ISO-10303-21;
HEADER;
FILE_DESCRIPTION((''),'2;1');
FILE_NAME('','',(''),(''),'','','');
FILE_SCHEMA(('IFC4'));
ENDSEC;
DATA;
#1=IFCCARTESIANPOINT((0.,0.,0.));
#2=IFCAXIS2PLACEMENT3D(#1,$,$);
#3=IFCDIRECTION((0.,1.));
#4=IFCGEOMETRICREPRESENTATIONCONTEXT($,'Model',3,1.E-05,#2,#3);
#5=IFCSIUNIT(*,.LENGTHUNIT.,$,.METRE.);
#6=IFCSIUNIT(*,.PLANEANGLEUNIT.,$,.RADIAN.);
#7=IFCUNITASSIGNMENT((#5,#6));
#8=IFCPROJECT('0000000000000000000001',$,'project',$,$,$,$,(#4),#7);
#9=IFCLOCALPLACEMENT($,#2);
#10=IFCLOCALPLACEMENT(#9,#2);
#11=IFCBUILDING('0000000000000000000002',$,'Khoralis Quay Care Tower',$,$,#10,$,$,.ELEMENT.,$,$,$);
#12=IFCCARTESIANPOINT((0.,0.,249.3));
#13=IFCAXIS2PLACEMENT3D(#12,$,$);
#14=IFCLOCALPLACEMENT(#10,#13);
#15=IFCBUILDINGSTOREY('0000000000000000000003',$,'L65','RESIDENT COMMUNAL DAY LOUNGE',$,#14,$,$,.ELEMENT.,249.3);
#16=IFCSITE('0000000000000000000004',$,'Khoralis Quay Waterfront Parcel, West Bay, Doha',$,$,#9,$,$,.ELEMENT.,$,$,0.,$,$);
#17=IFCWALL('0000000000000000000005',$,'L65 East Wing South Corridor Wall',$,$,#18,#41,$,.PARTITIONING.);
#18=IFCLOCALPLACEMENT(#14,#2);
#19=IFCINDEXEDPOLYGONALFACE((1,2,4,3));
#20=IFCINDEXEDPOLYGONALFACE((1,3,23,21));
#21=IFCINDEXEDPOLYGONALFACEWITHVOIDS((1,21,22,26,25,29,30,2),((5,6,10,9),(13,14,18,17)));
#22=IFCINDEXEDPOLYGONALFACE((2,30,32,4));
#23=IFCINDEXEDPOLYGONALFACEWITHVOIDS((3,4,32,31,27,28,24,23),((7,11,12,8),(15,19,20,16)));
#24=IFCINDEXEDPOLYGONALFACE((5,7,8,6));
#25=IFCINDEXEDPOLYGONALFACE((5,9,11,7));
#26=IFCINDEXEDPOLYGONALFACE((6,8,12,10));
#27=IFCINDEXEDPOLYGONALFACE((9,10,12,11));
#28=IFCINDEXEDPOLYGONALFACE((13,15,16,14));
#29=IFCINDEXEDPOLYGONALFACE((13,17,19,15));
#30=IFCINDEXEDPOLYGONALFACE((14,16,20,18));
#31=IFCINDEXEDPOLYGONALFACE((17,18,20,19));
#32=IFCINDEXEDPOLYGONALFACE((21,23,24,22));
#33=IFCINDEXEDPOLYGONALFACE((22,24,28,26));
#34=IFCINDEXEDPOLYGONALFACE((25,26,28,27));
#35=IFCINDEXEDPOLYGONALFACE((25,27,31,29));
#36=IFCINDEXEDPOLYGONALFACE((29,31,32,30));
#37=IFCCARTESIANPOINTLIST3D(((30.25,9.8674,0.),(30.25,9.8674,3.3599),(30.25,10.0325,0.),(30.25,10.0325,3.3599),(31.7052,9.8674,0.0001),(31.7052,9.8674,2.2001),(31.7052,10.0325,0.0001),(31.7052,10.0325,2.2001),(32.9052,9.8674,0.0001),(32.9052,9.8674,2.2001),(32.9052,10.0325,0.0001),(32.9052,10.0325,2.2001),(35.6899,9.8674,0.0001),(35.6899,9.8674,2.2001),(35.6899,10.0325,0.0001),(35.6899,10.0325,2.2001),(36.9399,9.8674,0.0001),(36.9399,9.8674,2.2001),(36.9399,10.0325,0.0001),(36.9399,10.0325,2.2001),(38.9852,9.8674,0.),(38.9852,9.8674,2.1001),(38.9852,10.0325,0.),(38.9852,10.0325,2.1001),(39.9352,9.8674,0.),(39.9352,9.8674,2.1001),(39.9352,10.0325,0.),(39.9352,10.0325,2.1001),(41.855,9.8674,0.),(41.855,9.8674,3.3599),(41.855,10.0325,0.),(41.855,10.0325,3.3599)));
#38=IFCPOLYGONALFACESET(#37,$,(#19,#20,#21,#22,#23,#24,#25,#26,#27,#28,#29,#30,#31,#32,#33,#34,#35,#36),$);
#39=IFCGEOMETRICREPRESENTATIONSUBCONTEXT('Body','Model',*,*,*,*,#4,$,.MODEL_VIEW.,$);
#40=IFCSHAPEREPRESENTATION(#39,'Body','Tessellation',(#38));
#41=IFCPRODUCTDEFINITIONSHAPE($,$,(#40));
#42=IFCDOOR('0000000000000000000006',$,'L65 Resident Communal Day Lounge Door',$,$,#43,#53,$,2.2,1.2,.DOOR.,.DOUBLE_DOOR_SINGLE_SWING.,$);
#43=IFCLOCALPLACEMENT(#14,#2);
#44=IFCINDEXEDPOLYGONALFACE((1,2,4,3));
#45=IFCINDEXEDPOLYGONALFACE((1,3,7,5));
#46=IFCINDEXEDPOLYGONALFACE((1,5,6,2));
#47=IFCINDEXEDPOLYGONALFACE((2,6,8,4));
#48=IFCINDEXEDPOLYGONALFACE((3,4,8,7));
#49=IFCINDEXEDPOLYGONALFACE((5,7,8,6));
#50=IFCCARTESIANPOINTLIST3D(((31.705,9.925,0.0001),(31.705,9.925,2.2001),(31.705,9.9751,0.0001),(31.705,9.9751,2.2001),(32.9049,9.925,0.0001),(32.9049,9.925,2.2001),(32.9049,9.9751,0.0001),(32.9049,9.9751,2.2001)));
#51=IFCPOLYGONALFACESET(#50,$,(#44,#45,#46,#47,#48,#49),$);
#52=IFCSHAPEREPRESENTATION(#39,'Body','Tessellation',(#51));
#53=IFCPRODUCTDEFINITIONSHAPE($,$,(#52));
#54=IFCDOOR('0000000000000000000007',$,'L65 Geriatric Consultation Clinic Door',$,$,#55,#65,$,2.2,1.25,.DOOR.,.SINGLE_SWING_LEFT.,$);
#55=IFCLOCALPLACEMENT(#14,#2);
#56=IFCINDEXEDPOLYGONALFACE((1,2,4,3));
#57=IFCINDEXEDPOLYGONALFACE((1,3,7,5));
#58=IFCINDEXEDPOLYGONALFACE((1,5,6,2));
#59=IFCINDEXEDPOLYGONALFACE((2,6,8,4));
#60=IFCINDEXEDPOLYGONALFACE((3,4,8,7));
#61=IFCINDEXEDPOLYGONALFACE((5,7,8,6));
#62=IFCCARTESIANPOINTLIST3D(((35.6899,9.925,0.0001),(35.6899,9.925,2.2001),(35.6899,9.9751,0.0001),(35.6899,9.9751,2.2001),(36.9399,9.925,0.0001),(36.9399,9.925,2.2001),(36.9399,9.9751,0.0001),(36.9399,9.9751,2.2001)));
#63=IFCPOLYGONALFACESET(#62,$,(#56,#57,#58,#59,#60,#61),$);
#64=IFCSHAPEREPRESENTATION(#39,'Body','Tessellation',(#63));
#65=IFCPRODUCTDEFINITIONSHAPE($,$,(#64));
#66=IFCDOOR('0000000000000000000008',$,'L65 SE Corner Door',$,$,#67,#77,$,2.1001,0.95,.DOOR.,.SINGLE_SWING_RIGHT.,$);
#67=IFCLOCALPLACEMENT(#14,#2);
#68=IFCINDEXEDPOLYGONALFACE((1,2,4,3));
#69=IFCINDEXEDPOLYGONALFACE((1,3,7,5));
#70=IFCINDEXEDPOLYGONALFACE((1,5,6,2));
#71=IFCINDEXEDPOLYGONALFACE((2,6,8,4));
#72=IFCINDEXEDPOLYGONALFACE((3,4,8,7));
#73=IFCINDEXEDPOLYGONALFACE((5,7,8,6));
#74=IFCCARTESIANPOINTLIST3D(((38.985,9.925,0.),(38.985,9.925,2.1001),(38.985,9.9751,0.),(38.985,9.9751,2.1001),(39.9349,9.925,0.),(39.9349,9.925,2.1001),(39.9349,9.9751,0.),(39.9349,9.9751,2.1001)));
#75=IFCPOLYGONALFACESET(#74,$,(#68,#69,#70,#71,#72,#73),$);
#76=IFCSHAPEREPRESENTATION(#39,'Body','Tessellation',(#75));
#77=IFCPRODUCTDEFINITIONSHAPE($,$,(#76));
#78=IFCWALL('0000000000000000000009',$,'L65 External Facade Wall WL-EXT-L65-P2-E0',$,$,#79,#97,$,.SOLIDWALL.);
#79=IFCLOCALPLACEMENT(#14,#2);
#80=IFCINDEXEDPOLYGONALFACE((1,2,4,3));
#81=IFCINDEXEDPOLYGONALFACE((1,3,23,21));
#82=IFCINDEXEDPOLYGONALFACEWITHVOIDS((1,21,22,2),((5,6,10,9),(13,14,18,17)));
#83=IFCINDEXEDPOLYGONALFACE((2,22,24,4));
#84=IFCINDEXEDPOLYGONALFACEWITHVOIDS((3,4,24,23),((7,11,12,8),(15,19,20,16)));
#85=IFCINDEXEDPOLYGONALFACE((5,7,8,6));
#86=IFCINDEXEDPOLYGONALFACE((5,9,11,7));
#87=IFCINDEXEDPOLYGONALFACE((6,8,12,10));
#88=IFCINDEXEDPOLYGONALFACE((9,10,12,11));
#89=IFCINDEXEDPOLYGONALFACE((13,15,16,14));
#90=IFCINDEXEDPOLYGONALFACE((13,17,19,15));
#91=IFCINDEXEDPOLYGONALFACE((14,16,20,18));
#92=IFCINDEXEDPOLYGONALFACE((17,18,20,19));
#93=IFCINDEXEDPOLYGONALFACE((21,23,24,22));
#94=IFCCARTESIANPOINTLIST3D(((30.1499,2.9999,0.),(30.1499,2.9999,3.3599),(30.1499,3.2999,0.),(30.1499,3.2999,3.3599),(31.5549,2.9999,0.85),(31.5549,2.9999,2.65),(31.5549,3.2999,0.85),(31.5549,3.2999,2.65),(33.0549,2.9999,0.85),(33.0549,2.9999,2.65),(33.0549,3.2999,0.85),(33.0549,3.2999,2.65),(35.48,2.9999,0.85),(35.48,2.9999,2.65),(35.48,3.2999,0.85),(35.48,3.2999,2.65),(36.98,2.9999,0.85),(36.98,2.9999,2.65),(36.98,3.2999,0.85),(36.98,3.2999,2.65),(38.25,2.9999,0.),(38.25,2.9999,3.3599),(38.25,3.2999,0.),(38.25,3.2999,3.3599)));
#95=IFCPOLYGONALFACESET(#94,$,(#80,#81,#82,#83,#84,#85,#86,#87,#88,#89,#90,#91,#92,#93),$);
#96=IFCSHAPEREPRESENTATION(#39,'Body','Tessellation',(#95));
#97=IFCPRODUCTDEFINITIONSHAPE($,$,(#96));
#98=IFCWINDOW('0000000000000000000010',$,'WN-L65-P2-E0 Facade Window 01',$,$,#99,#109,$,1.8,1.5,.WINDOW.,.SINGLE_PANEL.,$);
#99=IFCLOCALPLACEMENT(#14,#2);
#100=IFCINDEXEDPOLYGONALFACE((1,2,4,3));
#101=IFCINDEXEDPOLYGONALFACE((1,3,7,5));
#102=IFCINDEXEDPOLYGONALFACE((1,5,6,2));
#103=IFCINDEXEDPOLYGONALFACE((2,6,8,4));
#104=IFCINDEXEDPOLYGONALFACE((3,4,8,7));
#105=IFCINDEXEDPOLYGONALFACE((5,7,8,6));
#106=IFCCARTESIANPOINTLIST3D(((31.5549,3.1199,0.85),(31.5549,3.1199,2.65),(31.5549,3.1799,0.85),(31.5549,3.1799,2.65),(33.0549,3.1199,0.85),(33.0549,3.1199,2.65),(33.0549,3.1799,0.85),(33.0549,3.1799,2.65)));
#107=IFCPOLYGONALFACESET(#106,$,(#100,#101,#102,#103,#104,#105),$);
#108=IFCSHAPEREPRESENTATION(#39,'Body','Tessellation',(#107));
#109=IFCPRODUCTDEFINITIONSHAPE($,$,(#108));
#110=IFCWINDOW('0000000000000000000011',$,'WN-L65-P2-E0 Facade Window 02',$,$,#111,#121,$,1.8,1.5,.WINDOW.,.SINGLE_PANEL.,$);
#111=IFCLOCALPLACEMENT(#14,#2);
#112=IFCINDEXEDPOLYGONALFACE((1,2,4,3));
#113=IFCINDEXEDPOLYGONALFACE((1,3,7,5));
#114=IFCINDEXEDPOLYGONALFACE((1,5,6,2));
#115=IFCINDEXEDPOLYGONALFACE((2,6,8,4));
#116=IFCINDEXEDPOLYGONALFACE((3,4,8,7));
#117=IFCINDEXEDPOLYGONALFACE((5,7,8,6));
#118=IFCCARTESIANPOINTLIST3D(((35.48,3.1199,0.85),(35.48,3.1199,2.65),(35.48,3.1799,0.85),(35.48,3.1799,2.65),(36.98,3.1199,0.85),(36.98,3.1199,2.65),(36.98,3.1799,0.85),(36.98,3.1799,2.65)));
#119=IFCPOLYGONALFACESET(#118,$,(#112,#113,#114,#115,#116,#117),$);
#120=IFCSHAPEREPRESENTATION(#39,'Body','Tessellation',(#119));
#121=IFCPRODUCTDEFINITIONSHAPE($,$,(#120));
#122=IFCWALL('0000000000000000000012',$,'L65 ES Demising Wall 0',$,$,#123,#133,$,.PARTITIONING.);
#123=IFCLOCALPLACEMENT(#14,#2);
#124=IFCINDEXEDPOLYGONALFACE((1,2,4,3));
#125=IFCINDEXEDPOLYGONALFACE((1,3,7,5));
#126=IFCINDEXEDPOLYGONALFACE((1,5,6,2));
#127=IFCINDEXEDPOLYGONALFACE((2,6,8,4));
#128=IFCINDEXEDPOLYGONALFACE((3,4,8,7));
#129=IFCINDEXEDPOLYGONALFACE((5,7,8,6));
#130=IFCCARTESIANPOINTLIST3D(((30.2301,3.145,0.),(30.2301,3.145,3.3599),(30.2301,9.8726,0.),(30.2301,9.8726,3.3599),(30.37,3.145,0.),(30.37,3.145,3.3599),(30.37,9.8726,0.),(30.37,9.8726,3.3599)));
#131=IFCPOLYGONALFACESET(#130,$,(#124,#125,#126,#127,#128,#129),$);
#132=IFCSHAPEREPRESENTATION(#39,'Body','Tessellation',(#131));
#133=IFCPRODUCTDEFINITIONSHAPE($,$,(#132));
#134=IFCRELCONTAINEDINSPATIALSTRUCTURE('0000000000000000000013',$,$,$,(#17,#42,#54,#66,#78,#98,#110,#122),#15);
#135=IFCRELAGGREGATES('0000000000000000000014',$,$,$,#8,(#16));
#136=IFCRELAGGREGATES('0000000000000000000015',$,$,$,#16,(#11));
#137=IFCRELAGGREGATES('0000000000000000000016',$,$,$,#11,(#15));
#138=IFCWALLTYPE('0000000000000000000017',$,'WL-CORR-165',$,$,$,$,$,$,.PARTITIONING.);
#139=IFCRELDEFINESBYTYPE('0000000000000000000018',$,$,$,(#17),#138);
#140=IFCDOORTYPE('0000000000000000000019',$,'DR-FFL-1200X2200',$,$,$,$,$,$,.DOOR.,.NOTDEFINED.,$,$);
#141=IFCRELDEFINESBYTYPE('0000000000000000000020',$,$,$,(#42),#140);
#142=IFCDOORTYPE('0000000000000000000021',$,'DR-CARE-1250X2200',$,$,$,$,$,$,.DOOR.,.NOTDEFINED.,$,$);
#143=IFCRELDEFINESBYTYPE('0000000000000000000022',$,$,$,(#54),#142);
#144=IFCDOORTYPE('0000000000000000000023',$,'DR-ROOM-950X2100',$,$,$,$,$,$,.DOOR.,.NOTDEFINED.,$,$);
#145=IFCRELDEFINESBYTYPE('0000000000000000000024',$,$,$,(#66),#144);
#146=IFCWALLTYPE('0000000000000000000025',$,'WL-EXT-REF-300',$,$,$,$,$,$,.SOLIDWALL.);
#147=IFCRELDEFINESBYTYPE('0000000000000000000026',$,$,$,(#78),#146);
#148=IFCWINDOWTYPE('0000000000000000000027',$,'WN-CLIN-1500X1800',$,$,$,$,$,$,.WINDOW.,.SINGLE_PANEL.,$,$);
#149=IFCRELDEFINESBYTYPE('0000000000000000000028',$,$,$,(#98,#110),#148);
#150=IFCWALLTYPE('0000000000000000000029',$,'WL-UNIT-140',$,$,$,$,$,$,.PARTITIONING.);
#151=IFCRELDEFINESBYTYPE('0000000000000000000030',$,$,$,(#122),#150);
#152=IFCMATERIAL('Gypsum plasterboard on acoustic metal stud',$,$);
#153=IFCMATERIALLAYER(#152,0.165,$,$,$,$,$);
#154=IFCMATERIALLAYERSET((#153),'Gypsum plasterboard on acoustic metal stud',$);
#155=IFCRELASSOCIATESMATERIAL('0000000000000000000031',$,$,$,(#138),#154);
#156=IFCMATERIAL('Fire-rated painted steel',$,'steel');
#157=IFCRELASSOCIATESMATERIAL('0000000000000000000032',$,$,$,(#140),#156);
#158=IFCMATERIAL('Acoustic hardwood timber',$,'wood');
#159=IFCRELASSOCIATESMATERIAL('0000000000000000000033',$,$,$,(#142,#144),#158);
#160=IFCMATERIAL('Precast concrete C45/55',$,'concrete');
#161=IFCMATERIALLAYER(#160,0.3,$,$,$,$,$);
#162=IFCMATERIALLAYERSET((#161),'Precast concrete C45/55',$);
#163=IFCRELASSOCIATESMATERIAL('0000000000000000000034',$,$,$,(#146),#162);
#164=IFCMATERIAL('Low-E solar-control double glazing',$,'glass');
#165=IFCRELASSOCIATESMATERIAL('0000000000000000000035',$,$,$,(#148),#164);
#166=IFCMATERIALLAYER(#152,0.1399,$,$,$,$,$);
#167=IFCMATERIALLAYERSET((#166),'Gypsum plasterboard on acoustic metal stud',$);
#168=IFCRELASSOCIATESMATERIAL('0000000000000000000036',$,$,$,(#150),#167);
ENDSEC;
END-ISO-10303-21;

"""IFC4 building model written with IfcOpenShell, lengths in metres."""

from ifc_helpers import new_model, si_unit, direction, frame, frame_2d, origin, place, context, subcontext, project, spatial, rectangle, extrude, source, transform, mapped, material, layer, layer_set, type_object, element, fill, save


model = new_model("IFC4")

# Units and contexts
model_context = context("Model", 3, precision=1e-05, world=origin(), true_north=direction((0.0, 1.0)))
body_context = subcontext(model_context, "Body", "Model", "MODEL_VIEW")
ifc_project = project(units=[si_unit("LENGTHUNIT", "METRE"), si_unit("PLANEANGLEUNIT", "RADIAN")], contexts=[model_context])

# Site, building, storey
site_placement = place(None, origin())
site = spatial("IfcSite", under=ifc_project, at=site_placement, Name="Khoralis Quay Waterfront Parcel, West Bay, Doha", CompositionType="ELEMENT", RefElevation=0.0)
building_placement = place(site_placement, origin())
building = spatial("IfcBuilding", under=site, at=building_placement, Name="Khoralis Quay Care Tower", CompositionType="ELEMENT")
storey_placement = place(building_placement, frame((0.0, 0.0, 249.3)))
storey = spatial("IfcBuildingStorey", under=building, at=storey_placement, Name="L65", Description="RESIDENT COMMUNAL DAY LOUNGE", CompositionType="ELEMENT", Elevation=249.3)

# Shared definitions
ifc_material_1 = material(Name="Low-E solar-control double glazing", Category="glass")

# Wall, openings, doors
ifc_material_2 = material(Name="Gypsum plasterboard on acoustic metal stud")
ifc_layer_1 = layer(ifc_material_2, 0.165)
ifc_layer_set_1 = layer_set([ifc_layer_1], Name="Gypsum plasterboard on acoustic metal stud")
wall_type_1 = type_object("IfcWallType", Name="WL-CORR-165", PredefinedType="PARTITIONING", material=ifc_layer_set_1)
wall_1_placement = place(storey_placement, frame((30.25, 9.95, 0.0), z_axis=(0.0, 0.0, 1.0), x_axis=(1.0, 0.0, 0.0)))
wall_1 = element("IfcWall", 1, at=wall_1_placement, inside=storey, type_object=wall_type_1, Name="L65 East Wing South Corridor Wall", PredefinedType="PARTITIONING", context=body_context, shape_type="SweptSolid", body=[
    extrude(rectangle(XDim=11.605, YDim=0.165, at=frame_2d((5.8025, 0.0))), origin(), (0.0, 0.0, 1.0), 3.3599),
])
opening_1_placement = place(wall_1_placement, frame((1.4551, 0.0, 0.0)))
opening_1 = element("IfcOpeningElement", 2, at=opening_1_placement, cuts=wall_1, PredefinedType="OPENING", context=body_context, shape_type="SweptSolid", body=[
    extrude(rectangle(XDim=1.2, YDim=2.2, at=frame_2d((0.6001, 1.1001))), frame((0.0, 0.0925, 0.0), z_axis=(0.0, -1.0, 0.0), x_axis=(1.0, 0.0, 0.0)), (0.0, 0.0, 1.0), 0.1851),
])
opening_2_placement = place(wall_1_placement, frame((5.4399, 0.0, 0.0)))
opening_2 = element("IfcOpeningElement", 3, at=opening_2_placement, cuts=wall_1, PredefinedType="OPENING", context=body_context, shape_type="SweptSolid", body=[
    extrude(rectangle(XDim=1.25, YDim=2.2, at=frame_2d((0.625, 1.1001))), frame((0.0, 0.0925, 0.0), z_axis=(0.0, -1.0, 0.0), x_axis=(1.0, 0.0, 0.0)), (0.0, 0.0, 1.0), 0.1851),
])
opening_3_placement = place(wall_1_placement, frame((8.7351, 0.0, 0.0)))
opening_3 = element("IfcOpeningElement", 4, at=opening_3_placement, cuts=wall_1, PredefinedType="OPENING", context=body_context, shape_type="SweptSolid", body=[
    extrude(rectangle(XDim=0.95, YDim=2.1001, at=frame_2d((0.4751, 1.05))), frame((0.0, 0.0925, 0.0), z_axis=(0.0, -1.0, 0.0), x_axis=(1.0, 0.0, 0.0)), (0.0, 0.0, 1.0), 0.1851),
])
ifc_material_3 = material(Name="Fire-rated painted steel", Category="steel")
door_type_1 = type_object("IfcDoorType", Name="DR-FFL-1200X2200", OperationType="NOTDEFINED", PredefinedType="DOOR", material=ifc_material_3)
shared_shape_1 = source(origin(), body_context, "Body", "SweptSolid", [
    extrude(rectangle(XDim=1.2, YDim=2.2, at=frame_2d((0.6001, 1.1001))), frame((0.0, 0.0249, 0.0), z_axis=(0.0, -1.0, 0.0), x_axis=(1.0, 0.0, 0.0)), (0.0, 0.0, 1.0), 0.05),
])
door_1_placement = place(opening_1_placement, frame((1.2, 0.0, 0.0), z_axis=(0.0, 0.0, 1.0), x_axis=(-1.0, 0.0, 0.0)))
door_1 = element("IfcDoor", 5, at=door_1_placement, inside=storey, type_object=door_type_1, Name="L65 Resident Communal Day Lounge Door", OperationType="DOUBLE_DOOR_SINGLE_SWING", OverallHeight=2.2, OverallWidth=1.2, PredefinedType="DOOR", context=body_context, shape_type="MappedRepresentation", body=[
    mapped(shared_shape_1, transform((0.0, 0.0, 0.0), scale=1.0)),
])
fill(opening_1, door_1)
ifc_material_4 = material(Name="Acoustic hardwood timber", Category="wood")
door_type_2 = type_object("IfcDoorType", Name="DR-CARE-1250X2200", OperationType="NOTDEFINED", PredefinedType="DOOR", material=ifc_material_4)
shared_shape_2 = source(origin(), body_context, "Body", "SweptSolid", [
    extrude(rectangle(XDim=1.25, YDim=2.2, at=frame_2d((0.625, 1.1001))), frame((0.0, 0.0249, 0.0), z_axis=(0.0, -1.0, 0.0), x_axis=(1.0, 0.0, 0.0)), (0.0, 0.0, 1.0), 0.05),
])
door_2_placement = place(opening_2_placement, frame((1.25, 0.0, 0.0), z_axis=(0.0, 0.0, 1.0), x_axis=(-1.0, 0.0, 0.0)))
door_2 = element("IfcDoor", 6, at=door_2_placement, inside=storey, type_object=door_type_2, Name="L65 Geriatric Consultation Clinic Door", OperationType="SINGLE_SWING_LEFT", OverallHeight=2.2, OverallWidth=1.25, PredefinedType="DOOR", context=body_context, shape_type="MappedRepresentation", body=[
    mapped(shared_shape_2, transform((0.0, 0.0, 0.0), scale=1.0)),
])
fill(opening_2, door_2)
door_type_3 = type_object("IfcDoorType", Name="DR-ROOM-950X2100", OperationType="NOTDEFINED", PredefinedType="DOOR", material=ifc_material_4)
shared_shape_3 = source(origin(), body_context, "Body", "SweptSolid", [
    extrude(rectangle(XDim=0.95, YDim=2.1001, at=frame_2d((0.4751, 1.05))), frame((0.0, 0.0249, 0.0), z_axis=(0.0, -1.0, 0.0), x_axis=(1.0, 0.0, 0.0)), (0.0, 0.0, 1.0), 0.05),
])
door_3_placement = place(opening_3_placement, frame((0.95, 0.0, 0.0), z_axis=(0.0, 0.0, 1.0), x_axis=(-1.0, 0.0, 0.0)))
door_3 = element("IfcDoor", 7, at=door_3_placement, inside=storey, type_object=door_type_3, Name="L65 SE Corner Door", OperationType="SINGLE_SWING_RIGHT", OverallHeight=2.1001, OverallWidth=0.95, PredefinedType="DOOR", context=body_context, shape_type="MappedRepresentation", body=[
    mapped(shared_shape_3, transform((0.0, 0.0, 0.0), scale=1.0)),
])
fill(opening_3, door_3)

# Wall, openings, windows
ifc_material_5 = material(Name="Precast concrete C45/55", Category="concrete")
ifc_layer_2 = layer(ifc_material_5, 0.3)
ifc_layer_set_2 = layer_set([ifc_layer_2], Name="Precast concrete C45/55")
wall_type_2 = type_object("IfcWallType", Name="WL-EXT-REF-300", PredefinedType="SOLIDWALL", material=ifc_layer_set_2)
wall_2_placement = place(storey_placement, frame((30.1499, 3.1499, 0.0), z_axis=(0.0, 0.0, 1.0), x_axis=(1.0, 0.0, 0.0)))
wall_2 = element("IfcWall", 8, at=wall_2_placement, inside=storey, type_object=wall_type_2, Name="L65 External Facade Wall WL-EXT-L65-P2-E0", PredefinedType="SOLIDWALL", context=body_context, shape_type="SweptSolid", body=[
    extrude(rectangle(XDim=8.1001, YDim=0.3, at=frame_2d((4.05, 0.0))), origin(), (0.0, 0.0, 1.0), 3.3599),
])
opening_4_placement = place(wall_2_placement, frame((1.405, 0.0, 0.8501)))
opening_4 = element("IfcOpeningElement", 9, at=opening_4_placement, cuts=wall_2, PredefinedType="OPENING", context=body_context, shape_type="SweptSolid", body=[
    extrude(rectangle(XDim=1.5, YDim=1.8, at=frame_2d((0.75, 0.8999))), frame((0.0, 0.1602, 0.0), z_axis=(0.0, -1.0, 0.0), x_axis=(1.0, 0.0, 0.0)), (0.0, 0.0, 1.0), 0.3201),
])
opening_5_placement = place(wall_2_placement, frame((5.3301, 0.0, 0.8501)))
opening_5 = element("IfcOpeningElement", 10, at=opening_5_placement, cuts=wall_2, PredefinedType="OPENING", context=body_context, shape_type="SweptSolid", body=[
    extrude(rectangle(XDim=1.5, YDim=1.8, at=frame_2d((0.75, 0.8999))), frame((0.0, 0.1602, 0.0), z_axis=(0.0, -1.0, 0.0), x_axis=(1.0, 0.0, 0.0)), (0.0, 0.0, 1.0), 0.3201),
])
window_type = type_object("IfcWindowType", Name="WN-CLIN-1500X1800", PartitioningType="SINGLE_PANEL", PredefinedType="WINDOW", material=ifc_material_1)
shared_shape_4 = source(origin(), body_context, "Body", "SweptSolid", [
    extrude(rectangle(XDim=1.5, YDim=1.8, at=frame_2d((0.75, 0.8999))), frame((0.0, 0.03, 0.0), z_axis=(0.0, -1.0, 0.0), x_axis=(1.0, 0.0, 0.0)), (0.0, 0.0, 1.0), 0.0601),
])
window_1_placement = place(opening_4_placement, origin())
window_1 = element("IfcWindow", 11, at=window_1_placement, inside=storey, type_object=window_type, Name="WN-L65-P2-E0 Facade Window 01", OverallHeight=1.8, OverallWidth=1.5, PartitioningType="SINGLE_PANEL", PredefinedType="WINDOW", context=body_context, shape_type="MappedRepresentation", body=[
    mapped(shared_shape_4, transform((0.0, 0.0, 0.0), scale=1.0)),
])
fill(opening_4, window_1)
window_2_placement = place(opening_5_placement, origin())
window_2 = element("IfcWindow", 12, at=window_2_placement, inside=storey, type_object=window_type, Name="WN-L65-P2-E0 Facade Window 02", OverallHeight=1.8, OverallWidth=1.5, PartitioningType="SINGLE_PANEL", PredefinedType="WINDOW", context=body_context, shape_type="MappedRepresentation", body=[
    mapped(shared_shape_4, transform((0.0, 0.0, 0.0), scale=1.0)),
])
fill(opening_5, window_2)

# Wall
ifc_layer_3 = layer(ifc_material_2, 0.1399)
ifc_layer_set_3 = layer_set([ifc_layer_3], Name="Gypsum plasterboard on acoustic metal stud")
wall_type_3 = type_object("IfcWallType", Name="WL-UNIT-140", PredefinedType="PARTITIONING", material=ifc_layer_set_3)
wall_3_placement = place(storey_placement, frame((30.3, 3.145, 0.0), z_axis=(0.0, 0.0, 1.0), x_axis=(0.0, 1.0, 0.0)))
element("IfcWall", 13, at=wall_3_placement, inside=storey, type_object=wall_type_3, Name="L65 ES Demising Wall 0", PredefinedType="PARTITIONING", context=body_context, shape_type="SweptSolid", body=[
    extrude(rectangle(XDim=6.7275, YDim=0.1399, at=frame_2d((3.3638, 0.0))), origin(), (0.0, 0.0, 1.0), 3.3599),
])

save(model, "model.ifc")
